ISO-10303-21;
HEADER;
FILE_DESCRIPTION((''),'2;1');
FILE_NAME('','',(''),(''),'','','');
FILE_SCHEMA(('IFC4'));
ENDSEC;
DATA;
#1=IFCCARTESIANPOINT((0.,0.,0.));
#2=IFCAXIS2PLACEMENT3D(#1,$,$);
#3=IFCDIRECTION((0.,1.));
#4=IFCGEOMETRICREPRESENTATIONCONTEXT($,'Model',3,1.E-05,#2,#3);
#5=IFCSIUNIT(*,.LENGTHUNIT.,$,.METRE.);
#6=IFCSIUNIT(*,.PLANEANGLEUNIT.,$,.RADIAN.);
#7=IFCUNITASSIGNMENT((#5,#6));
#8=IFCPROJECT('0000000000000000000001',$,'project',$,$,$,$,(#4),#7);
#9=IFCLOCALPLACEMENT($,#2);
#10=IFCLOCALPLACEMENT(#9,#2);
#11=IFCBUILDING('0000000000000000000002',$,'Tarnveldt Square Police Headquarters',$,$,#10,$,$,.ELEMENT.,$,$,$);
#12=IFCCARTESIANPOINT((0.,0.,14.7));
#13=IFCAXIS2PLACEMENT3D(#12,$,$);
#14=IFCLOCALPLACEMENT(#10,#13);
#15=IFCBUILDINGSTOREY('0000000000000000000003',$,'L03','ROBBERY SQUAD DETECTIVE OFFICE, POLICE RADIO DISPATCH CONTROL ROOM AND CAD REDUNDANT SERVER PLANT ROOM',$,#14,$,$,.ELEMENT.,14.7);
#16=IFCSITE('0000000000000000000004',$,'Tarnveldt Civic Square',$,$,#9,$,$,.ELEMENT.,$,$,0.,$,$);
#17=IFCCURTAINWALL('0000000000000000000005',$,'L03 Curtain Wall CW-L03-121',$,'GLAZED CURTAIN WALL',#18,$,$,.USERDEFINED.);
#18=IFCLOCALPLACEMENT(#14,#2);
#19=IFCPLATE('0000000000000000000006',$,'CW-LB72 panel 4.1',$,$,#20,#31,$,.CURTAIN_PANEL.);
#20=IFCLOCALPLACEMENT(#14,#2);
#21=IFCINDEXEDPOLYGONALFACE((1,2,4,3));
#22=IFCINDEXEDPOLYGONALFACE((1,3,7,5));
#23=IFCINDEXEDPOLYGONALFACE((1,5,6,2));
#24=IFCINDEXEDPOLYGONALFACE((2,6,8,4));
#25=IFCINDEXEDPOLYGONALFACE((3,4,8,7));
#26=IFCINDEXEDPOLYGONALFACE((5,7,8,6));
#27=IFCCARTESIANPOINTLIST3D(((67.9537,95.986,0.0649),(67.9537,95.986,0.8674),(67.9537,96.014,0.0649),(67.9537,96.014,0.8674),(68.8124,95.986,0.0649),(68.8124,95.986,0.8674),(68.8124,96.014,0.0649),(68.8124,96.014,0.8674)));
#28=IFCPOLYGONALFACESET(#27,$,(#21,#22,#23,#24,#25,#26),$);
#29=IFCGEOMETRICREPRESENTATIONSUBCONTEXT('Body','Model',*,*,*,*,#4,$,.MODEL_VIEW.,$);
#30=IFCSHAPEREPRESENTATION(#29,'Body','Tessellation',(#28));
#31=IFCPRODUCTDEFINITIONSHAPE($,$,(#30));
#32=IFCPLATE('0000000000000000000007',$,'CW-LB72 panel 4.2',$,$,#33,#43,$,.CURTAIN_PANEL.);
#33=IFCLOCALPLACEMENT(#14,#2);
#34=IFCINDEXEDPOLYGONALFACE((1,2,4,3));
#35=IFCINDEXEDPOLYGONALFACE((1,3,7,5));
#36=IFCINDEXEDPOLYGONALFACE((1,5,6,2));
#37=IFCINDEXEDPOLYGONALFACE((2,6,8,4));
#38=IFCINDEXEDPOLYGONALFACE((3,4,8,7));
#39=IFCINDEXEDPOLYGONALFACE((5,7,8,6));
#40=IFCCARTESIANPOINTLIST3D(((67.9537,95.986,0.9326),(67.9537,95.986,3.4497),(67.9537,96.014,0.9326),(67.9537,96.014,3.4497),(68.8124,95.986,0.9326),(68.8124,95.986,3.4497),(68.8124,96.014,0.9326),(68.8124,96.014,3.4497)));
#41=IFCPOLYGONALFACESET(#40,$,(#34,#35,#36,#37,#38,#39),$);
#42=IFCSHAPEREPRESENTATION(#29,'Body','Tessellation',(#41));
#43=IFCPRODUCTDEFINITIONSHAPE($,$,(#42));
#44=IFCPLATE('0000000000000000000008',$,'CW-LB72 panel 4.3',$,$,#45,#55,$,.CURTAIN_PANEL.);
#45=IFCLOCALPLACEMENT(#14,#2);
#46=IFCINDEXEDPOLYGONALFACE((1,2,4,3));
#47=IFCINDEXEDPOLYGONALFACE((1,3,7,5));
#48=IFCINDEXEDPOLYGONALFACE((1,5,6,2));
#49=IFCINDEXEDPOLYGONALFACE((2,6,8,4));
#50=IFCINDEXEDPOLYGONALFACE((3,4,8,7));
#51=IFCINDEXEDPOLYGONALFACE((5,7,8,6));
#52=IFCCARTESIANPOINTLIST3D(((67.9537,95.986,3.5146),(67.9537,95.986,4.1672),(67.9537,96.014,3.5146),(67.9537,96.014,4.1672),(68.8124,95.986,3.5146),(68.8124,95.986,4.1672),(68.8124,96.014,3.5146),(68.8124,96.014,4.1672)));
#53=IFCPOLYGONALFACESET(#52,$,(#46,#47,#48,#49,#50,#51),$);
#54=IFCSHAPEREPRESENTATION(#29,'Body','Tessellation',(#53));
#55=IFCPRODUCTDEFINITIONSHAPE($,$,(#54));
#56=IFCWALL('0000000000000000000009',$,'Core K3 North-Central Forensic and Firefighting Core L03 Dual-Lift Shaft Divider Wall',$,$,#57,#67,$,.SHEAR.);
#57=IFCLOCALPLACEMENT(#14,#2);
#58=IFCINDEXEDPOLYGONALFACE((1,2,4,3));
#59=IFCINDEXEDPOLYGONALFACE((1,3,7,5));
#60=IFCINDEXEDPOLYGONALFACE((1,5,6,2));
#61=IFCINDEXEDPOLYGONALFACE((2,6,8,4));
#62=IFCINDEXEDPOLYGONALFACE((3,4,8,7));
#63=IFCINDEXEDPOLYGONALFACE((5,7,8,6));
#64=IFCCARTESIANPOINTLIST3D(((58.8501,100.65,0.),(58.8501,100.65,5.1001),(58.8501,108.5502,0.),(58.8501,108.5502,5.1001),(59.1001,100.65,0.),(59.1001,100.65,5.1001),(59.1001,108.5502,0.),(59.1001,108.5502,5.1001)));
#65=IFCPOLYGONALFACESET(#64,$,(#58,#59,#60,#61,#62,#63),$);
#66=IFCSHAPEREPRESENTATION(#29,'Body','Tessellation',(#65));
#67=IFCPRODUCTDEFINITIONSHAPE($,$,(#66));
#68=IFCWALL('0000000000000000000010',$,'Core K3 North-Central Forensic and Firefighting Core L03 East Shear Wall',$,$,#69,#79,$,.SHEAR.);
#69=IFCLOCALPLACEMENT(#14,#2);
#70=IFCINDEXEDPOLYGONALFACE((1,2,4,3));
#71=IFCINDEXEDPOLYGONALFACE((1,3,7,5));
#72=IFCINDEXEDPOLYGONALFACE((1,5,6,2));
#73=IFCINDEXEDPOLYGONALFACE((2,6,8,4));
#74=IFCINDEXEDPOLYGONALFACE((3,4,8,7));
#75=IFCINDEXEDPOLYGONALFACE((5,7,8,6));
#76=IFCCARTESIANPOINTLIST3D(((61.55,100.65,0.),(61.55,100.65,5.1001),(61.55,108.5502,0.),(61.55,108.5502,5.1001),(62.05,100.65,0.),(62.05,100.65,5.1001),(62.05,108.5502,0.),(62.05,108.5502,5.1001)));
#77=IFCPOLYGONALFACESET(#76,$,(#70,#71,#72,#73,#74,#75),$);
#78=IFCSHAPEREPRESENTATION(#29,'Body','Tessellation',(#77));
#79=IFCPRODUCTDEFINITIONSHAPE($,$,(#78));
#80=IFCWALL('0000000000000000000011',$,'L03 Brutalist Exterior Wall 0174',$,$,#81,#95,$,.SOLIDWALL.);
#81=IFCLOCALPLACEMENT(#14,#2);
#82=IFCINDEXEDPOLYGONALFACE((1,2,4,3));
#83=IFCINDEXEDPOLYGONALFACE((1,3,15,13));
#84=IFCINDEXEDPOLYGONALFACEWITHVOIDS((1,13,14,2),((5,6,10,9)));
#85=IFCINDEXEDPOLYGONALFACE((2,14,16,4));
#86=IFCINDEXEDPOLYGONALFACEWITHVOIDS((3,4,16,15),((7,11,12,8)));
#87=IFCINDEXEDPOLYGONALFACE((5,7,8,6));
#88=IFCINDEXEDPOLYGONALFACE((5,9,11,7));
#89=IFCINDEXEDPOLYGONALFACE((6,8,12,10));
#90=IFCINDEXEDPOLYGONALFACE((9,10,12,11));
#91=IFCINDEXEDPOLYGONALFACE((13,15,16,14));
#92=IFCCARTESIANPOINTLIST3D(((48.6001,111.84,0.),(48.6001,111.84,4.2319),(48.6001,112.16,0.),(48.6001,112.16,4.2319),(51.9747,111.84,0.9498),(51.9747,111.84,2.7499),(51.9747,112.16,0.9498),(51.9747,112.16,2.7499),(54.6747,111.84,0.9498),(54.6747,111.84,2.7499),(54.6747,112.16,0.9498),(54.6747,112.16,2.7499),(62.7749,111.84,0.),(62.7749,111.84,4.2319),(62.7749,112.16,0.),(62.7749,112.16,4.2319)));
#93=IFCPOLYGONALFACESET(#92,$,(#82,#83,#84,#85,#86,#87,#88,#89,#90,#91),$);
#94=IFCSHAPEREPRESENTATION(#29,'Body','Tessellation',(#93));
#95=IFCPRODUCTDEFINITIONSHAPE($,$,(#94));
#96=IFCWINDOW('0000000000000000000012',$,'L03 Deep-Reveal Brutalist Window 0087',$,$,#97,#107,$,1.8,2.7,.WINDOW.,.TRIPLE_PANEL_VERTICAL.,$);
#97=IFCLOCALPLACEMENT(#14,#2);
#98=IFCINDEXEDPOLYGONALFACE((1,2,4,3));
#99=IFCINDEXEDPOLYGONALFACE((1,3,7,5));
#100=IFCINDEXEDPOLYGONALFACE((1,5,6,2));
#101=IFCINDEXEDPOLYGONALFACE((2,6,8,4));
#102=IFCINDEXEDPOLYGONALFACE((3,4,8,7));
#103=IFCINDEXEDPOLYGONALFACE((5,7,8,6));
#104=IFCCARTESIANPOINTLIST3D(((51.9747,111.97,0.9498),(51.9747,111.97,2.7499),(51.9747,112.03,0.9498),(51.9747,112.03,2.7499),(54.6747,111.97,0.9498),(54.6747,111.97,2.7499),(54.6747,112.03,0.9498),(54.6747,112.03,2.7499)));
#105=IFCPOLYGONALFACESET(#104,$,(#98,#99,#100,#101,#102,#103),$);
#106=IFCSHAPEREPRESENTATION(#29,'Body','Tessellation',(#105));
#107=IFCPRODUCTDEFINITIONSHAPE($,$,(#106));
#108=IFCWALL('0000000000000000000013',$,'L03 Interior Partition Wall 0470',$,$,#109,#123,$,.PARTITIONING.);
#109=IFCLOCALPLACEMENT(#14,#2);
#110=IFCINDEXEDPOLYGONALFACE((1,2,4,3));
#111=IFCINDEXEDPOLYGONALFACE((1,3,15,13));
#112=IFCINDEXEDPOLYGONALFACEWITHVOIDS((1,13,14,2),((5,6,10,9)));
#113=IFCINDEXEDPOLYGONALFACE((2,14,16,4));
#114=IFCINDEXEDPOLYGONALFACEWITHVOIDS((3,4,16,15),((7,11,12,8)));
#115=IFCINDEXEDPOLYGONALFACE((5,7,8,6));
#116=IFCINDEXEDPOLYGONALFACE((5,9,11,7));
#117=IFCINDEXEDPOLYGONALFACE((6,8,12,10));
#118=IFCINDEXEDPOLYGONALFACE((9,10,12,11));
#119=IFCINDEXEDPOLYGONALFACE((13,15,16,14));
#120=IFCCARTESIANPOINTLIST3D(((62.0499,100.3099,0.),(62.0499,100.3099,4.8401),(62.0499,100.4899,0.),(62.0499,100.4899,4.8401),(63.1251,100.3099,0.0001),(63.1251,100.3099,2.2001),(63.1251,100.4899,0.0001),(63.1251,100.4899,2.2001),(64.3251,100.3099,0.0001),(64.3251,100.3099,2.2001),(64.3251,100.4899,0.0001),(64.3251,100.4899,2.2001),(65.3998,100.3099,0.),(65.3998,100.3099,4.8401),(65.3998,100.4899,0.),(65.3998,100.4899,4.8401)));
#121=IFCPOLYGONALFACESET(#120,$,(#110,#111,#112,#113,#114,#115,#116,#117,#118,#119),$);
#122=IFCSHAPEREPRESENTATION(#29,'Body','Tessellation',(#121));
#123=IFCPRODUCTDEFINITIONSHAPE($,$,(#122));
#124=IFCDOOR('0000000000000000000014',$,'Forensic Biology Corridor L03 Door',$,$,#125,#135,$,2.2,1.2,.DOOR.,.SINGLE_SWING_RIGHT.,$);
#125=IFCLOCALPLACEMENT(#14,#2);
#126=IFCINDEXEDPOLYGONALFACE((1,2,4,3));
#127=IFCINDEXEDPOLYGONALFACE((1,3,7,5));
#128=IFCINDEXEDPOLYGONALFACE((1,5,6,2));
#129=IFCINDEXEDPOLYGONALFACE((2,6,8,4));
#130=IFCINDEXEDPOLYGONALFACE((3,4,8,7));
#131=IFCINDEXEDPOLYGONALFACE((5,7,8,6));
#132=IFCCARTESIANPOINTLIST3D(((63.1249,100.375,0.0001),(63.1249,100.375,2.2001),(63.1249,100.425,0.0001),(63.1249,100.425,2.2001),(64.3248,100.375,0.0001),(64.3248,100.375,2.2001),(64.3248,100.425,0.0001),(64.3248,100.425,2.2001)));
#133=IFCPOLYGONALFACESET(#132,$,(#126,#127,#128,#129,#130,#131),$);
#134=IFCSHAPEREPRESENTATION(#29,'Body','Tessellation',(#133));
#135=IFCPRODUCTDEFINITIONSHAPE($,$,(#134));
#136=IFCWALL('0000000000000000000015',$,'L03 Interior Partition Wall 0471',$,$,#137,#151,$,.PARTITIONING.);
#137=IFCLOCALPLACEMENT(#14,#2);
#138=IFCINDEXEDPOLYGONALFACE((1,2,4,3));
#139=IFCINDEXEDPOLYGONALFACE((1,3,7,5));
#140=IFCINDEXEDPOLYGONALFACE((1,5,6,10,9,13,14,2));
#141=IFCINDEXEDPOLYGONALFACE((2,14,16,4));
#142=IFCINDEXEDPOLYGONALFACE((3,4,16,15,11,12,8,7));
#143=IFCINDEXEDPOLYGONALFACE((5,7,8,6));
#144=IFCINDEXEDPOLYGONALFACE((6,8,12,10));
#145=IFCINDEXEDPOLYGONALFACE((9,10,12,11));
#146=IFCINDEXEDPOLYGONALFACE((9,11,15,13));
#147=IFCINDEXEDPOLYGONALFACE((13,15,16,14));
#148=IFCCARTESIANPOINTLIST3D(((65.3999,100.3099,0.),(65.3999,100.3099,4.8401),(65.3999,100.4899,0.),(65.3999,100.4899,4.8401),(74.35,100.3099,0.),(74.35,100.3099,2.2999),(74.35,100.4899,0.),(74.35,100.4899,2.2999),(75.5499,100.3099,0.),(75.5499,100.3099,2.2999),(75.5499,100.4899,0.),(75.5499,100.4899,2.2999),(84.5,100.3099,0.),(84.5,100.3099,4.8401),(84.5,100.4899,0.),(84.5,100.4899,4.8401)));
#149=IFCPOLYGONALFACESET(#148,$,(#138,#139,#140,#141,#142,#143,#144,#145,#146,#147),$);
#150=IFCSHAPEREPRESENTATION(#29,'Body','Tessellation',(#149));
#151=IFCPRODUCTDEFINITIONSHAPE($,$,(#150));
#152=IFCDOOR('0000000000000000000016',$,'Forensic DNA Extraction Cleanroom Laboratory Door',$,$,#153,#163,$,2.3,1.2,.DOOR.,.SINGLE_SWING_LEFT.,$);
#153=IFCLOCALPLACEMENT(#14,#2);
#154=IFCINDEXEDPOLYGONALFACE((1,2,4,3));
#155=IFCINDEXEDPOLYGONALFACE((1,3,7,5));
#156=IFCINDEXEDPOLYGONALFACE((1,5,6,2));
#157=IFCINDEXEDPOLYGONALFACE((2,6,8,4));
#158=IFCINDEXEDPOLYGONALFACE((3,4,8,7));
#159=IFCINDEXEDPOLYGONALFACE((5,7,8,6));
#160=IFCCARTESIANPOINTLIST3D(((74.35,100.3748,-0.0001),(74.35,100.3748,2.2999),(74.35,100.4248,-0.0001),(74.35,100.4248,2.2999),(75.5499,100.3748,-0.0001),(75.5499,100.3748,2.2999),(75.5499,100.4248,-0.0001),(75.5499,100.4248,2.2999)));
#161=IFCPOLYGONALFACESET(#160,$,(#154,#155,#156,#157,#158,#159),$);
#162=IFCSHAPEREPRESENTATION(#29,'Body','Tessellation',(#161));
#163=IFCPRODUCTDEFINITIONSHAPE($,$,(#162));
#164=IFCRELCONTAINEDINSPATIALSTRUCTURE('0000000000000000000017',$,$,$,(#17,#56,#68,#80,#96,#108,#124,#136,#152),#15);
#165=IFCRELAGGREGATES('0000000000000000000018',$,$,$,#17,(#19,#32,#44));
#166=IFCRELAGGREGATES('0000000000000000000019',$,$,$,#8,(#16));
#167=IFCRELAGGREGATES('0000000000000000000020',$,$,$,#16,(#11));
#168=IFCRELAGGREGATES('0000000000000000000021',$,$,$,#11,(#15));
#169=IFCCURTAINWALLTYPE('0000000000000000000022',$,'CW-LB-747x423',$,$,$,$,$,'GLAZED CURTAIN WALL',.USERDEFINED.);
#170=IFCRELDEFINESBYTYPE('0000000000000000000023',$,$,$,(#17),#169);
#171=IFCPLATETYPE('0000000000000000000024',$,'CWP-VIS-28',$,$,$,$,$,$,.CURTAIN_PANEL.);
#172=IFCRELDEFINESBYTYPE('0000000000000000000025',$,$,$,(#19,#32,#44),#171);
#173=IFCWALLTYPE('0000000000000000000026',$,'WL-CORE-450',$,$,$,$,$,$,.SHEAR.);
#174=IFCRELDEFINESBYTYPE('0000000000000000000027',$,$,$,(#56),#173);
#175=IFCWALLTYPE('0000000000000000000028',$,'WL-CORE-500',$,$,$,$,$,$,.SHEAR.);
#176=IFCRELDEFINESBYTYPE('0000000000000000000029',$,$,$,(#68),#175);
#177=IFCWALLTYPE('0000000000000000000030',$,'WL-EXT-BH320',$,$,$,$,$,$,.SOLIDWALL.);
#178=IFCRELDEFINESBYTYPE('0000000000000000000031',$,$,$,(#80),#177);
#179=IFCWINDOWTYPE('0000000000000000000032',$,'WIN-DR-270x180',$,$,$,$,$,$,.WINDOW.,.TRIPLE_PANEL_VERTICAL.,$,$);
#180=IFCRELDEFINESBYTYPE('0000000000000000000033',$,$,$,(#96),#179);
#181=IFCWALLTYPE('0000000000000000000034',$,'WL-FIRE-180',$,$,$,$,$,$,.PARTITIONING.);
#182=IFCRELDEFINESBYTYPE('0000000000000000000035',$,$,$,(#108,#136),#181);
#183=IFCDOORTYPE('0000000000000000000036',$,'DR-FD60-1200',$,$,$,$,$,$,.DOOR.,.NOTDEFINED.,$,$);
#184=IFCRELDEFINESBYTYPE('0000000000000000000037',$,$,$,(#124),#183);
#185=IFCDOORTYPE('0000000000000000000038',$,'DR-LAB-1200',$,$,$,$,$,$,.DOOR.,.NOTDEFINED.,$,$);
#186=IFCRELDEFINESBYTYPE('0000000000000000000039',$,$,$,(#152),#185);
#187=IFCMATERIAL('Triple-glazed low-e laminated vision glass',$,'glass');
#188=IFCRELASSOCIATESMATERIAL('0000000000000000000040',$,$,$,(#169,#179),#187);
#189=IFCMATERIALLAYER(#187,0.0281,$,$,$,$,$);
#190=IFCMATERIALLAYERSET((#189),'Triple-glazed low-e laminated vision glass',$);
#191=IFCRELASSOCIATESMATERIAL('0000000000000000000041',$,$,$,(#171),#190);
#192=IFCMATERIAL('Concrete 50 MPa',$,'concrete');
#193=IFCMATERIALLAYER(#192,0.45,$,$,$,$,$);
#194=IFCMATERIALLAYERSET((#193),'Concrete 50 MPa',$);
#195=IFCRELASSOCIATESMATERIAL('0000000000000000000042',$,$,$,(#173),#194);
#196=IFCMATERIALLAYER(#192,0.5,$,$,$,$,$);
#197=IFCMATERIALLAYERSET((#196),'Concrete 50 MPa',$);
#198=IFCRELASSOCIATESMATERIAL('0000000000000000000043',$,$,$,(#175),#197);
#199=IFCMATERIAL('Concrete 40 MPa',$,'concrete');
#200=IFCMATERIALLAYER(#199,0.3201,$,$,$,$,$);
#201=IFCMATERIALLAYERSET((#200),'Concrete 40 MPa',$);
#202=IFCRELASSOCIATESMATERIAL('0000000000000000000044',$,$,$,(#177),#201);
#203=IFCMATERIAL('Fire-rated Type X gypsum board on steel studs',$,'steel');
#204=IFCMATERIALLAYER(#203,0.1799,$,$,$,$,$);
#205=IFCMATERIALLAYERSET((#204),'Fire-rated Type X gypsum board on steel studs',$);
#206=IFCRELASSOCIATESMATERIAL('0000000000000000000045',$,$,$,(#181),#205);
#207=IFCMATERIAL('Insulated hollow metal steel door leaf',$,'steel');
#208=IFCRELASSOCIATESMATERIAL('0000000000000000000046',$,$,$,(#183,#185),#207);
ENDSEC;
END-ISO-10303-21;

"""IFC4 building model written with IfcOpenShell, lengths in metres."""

from ifc_helpers import new_model, si_unit, direction, frame, frame_2d, origin, origin_2d, place, context, subcontext, project, spatial, rectangle, extrude, material, layer, layer_set, type_object, element, fill, aggregate, save


model = new_model("IFC4")

# Units and contexts
model_context = context("Model", 3, precision=1e-05, world=origin(), true_north=direction((0.0, 1.0)))
body_context = subcontext(model_context, "Body", "Model", "MODEL_VIEW")
ifc_project = project(units=[si_unit("LENGTHUNIT", "METRE"), si_unit("PLANEANGLEUNIT", "RADIAN")], contexts=[model_context])

# Site, building, storey
site_placement = place(None, origin())
site = spatial("IfcSite", under=ifc_project, at=site_placement, Name="Tarnveldt Civic Square", CompositionType="ELEMENT", RefElevation=0.0)
building_placement = place(site_placement, origin())
building = spatial("IfcBuilding", under=site, at=building_placement, Name="Tarnveldt Square Police Headquarters", CompositionType="ELEMENT")
storey_placement = place(building_placement, frame((0.0, 0.0, 14.7)))
storey = spatial("IfcBuildingStorey", under=building, at=storey_placement, Name="L03", Description="ROBBERY SQUAD DETECTIVE OFFICE, POLICE RADIO DISPATCH CONTROL ROOM AND CAD REDUNDANT SERVER PLANT ROOM", CompositionType="ELEMENT", Elevation=14.7)

# Shared definitions
ifc_material_1 = material(Name="Concrete 40 MPa", Category="concrete")

# Curtain wall, plates
ifc_material_2 = material(Name="Triple-glazed low-e laminated vision glass", Category="glass")
curtain_wall_type = type_object("IfcCurtainWallType", Name="CW-LB-747x423", ElementType="GLAZED CURTAIN WALL", PredefinedType="USERDEFINED", material=ifc_material_2)
curtain_wall_placement = place(storey_placement, origin())
curtain_wall = element("IfcCurtainWall", 1, at=curtain_wall_placement, inside=storey, type_object=curtain_wall_type, Name="L03 Curtain Wall CW-L03-121", ObjectType="GLAZED CURTAIN WALL", PredefinedType="USERDEFINED")
ifc_layer_1 = layer(ifc_material_2, 0.0281)
ifc_layer_set_1 = layer_set([ifc_layer_1], Name="Triple-glazed low-e laminated vision glass")
plate_type = type_object("IfcPlateType", Name="CWP-VIS-28", PredefinedType="CURTAIN_PANEL", material=ifc_layer_set_1)
plate_1_placement = place(storey_placement, frame((68.3831, 96.0, 0.0649), z_axis=(0.0, 0.0, 1.0), x_axis=(1.0, 0.0, 0.0)))
plate_1 = element("IfcPlate", 2, at=plate_1_placement, type_object=plate_type, Name="CW-LB72 panel 4.1", PredefinedType="CURTAIN_PANEL", context=body_context, shape_type="SweptSolid", body=[
    extrude(rectangle(XDim=0.8586, YDim=0.0281, at=origin_2d()), origin(), (0.0, 0.0, 1.0), 0.8025),
])
plate_2_placement = place(storey_placement, frame((68.3831, 96.0, 0.9326), z_axis=(0.0, 0.0, 1.0), x_axis=(1.0, 0.0, 0.0)))
plate_2 = element("IfcPlate", 3, at=plate_2_placement, type_object=plate_type, Name="CW-LB72 panel 4.2", PredefinedType="CURTAIN_PANEL", context=body_context, shape_type="SweptSolid", body=[
    extrude(rectangle(XDim=0.8586, YDim=0.0281, at=origin_2d()), origin(), (0.0, 0.0, 1.0), 2.5171),
])
plate_3_placement = place(storey_placement, frame((68.3831, 96.0, 3.5146), z_axis=(0.0, 0.0, 1.0), x_axis=(1.0, 0.0, 0.0)))
plate_3 = element("IfcPlate", 4, at=plate_3_placement, type_object=plate_type, Name="CW-LB72 panel 4.3", PredefinedType="CURTAIN_PANEL", context=body_context, shape_type="SweptSolid", body=[
    extrude(rectangle(XDim=0.8586, YDim=0.0281, at=origin_2d()), origin(), (0.0, 0.0, 1.0), 0.6526),
])
aggregate(curtain_wall, [plate_1, plate_2, plate_3])

# Walls
ifc_material_3 = material(Name="Concrete 50 MPa", Category="concrete")
ifc_layer_2 = layer(ifc_material_3, 0.45)
ifc_layer_set_2 = layer_set([ifc_layer_2], Name="Concrete 50 MPa")
wall_type_1 = type_object("IfcWallType", Name="WL-CORE-450", PredefinedType="SHEAR", material=ifc_layer_set_2)
wall_1_placement = place(storey_placement, frame((58.9751, 100.6499, 0.0), z_axis=(0.0, 0.0, 1.0), x_axis=(0.0, 1.0, 0.0)))
element("IfcWall", 5, at=wall_1_placement, inside=storey, type_object=wall_type_1, Name="Core K3 North-Central Forensic and Firefighting Core L03 Dual-Lift Shaft Divider Wall", PredefinedType="SHEAR", context=body_context, shape_type="SweptSolid", body=[
    extrude(rectangle(XDim=7.9001, YDim=0.25, at=frame_2d((3.9502, 0.0))), origin(), (0.0, 0.0, 1.0), 5.1001),
])
ifc_layer_3 = layer(ifc_material_3, 0.5)
ifc_layer_set_3 = layer_set([ifc_layer_3], Name="Concrete 50 MPa")
wall_type_2 = type_object("IfcWallType", Name="WL-CORE-500", PredefinedType="SHEAR", material=ifc_layer_set_3)
wall_2_placement = place(storey_placement, frame((61.8, 100.6499, 0.0), z_axis=(0.0, 0.0, 1.0), x_axis=(0.0, 1.0, 0.0)))
element("IfcWall", 6, at=wall_2_placement, inside=storey, type_object=wall_type_2, Name="Core K3 North-Central Forensic and Firefighting Core L03 East Shear Wall", PredefinedType="SHEAR", context=body_context, shape_type="SweptSolid", body=[
    extrude(rectangle(XDim=7.9001, YDim=0.5, at=frame_2d((3.9502, 0.0))), origin(), (0.0, 0.0, 1.0), 5.1001),
])

# Wall, opening, window
ifc_layer_4 = layer(ifc_material_1, 0.3201)
ifc_layer_set_4 = layer_set([ifc_layer_4], Name="Concrete 40 MPa")
wall_type_3 = type_object("IfcWallType", Name="WL-EXT-BH320", PredefinedType="SOLIDWALL", material=ifc_layer_set_4)
wall_3_placement = place(storey_placement, frame((62.7749, 112.0, 0.0), z_axis=(0.0, 0.0, 1.0), x_axis=(-1.0, 0.0, 0.0)))
wall_3 = element("IfcWall", 7, at=wall_3_placement, inside=storey, type_object=wall_type_3, Name="L03 Brutalist Exterior Wall 0174", PredefinedType="SOLIDWALL", context=body_context, shape_type="SweptSolid", body=[
    extrude(rectangle(XDim=14.1748, YDim=0.3201, at=frame_2d((7.0874, 0.0))), origin(), (0.0, 0.0, 1.0), 4.2319),
])
opening_1_placement = place(wall_3_placement, frame((8.1001, 0.0, 0.95)))
opening_1 = element("IfcOpeningElement", 8, at=opening_1_placement, cuts=wall_3, PredefinedType="OPENING", context=body_context, shape_type="SweptSolid", body=[
    extrude(rectangle(XDim=2.7, YDim=1.8, at=frame_2d((1.3501, 0.8999))), frame((0.0, 0.1699, 0.0), z_axis=(0.0, -1.0, 0.0), x_axis=(1.0, 0.0, 0.0)), (0.0, 0.0, 1.0), 0.3401),
])
window_type = type_object("IfcWindowType", Name="WIN-DR-270x180", PartitioningType="TRIPLE_PANEL_VERTICAL", PredefinedType="WINDOW", material=ifc_material_2)
window_placement = place(opening_1_placement, origin())
window = element("IfcWindow", 9, at=window_placement, inside=storey, type_object=window_type, Name="L03 Deep-Reveal Brutalist Window 0087", OverallHeight=1.8, OverallWidth=2.7, PartitioningType="TRIPLE_PANEL_VERTICAL", PredefinedType="WINDOW", context=body_context, shape_type="SweptSolid", body=[
    extrude(rectangle(XDim=2.7, YDim=1.8, at=frame_2d((1.3501, 0.8999))), frame((0.0, 0.03, 0.0), z_axis=(0.0, -1.0, 0.0), x_axis=(1.0, 0.0, 0.0)), (0.0, 0.0, 1.0), 0.0601),
])
fill(opening_1, window)

# Walls, openings, doors
ifc_material_4 = material(Name="Fire-rated Type X gypsum board on steel studs", Category="steel")
ifc_layer_5 = layer(ifc_material_4, 0.1799)
ifc_layer_set_5 = layer_set([ifc_layer_5], Name="Fire-rated Type X gypsum board on steel studs")
wall_type_4 = type_object("IfcWallType", Name="WL-FIRE-180", PredefinedType="PARTITIONING", material=ifc_layer_set_5)
wall_4_placement = place(storey_placement, frame((62.05, 100.3999, 0.0), z_axis=(0.0, 0.0, 1.0), x_axis=(1.0, 0.0, 0.0)))
wall_4 = element("IfcWall", 10, at=wall_4_placement, inside=storey, type_object=wall_type_4, Name="L03 Interior Partition Wall 0470", PredefinedType="PARTITIONING", context=body_context, shape_type="SweptSolid", body=[
    extrude(rectangle(XDim=3.3499, YDim=0.1799, at=frame_2d((1.6748, 0.0))), origin(), (0.0, 0.0, 1.0), 4.8401),
])
opening_2_placement = place(wall_4_placement, frame((1.075, 0.0, 0.0)))
opening_2 = element("IfcOpeningElement", 11, at=opening_2_placement, cuts=wall_4, PredefinedType="OPENING", context=body_context, shape_type="SweptSolid", body=[
    extrude(rectangle(XDim=1.2, YDim=2.2, at=frame_2d((0.6001, 1.1001))), frame((0.0, 0.0999, 0.0), z_axis=(0.0, -1.0, 0.0), x_axis=(1.0, 0.0, 0.0)), (0.0, 0.0, 1.0), 0.2),
])
ifc_material_5 = material(Name="Insulated hollow metal steel door leaf", Category="steel")
door_type_1 = type_object("IfcDoorType", Name="DR-FD60-1200", OperationType="NOTDEFINED", PredefinedType="DOOR", material=ifc_material_5)
door_1_placement = place(opening_2_placement, frame((1.2, 0.0, 0.0), z_axis=(0.0, 0.0, 1.0), x_axis=(-1.0, 0.0, 0.0)))
door_1 = element("IfcDoor", 12, at=door_1_placement, inside=storey, type_object=door_type_1, Name="Forensic Biology Corridor L03 Door", OperationType="SINGLE_SWING_RIGHT", OverallHeight=2.2, OverallWidth=1.2, PredefinedType="DOOR", context=body_context, shape_type="SweptSolid", body=[
    extrude(rectangle(XDim=1.2, YDim=2.2, at=frame_2d((0.6001, 1.1001))), frame((0.0, 0.0249, 0.0), z_axis=(0.0, -1.0, 0.0), x_axis=(1.0, 0.0, 0.0)), (0.0, 0.0, 1.0), 0.05),
])
fill(opening_2, door_1)
wall_5_placement = place(storey_placement, frame((65.3999, 100.3999, 0.0), z_axis=(0.0, 0.0, 1.0), x_axis=(1.0, 0.0, 0.0)))
wall_5 = element("IfcWall", 13, at=wall_5_placement, inside=storey, type_object=wall_type_4, Name="L03 Interior Partition Wall 0471", PredefinedType="PARTITIONING", context=body_context, shape_type="SweptSolid", body=[
    extrude(rectangle(XDim=19.1001, YDim=0.1799, at=frame_2d((9.55, 0.0))), origin(), (0.0, 0.0, 1.0), 4.8401),
])
opening_3_placement = place(wall_5_placement, frame((8.95, 0.0, 0.0)))
opening_3 = element("IfcOpeningElement", 14, at=opening_3_placement, cuts=wall_5, PredefinedType="OPENING", context=body_context, shape_type="SweptSolid", body=[
    extrude(rectangle(XDim=1.2, YDim=2.3, at=frame_2d((0.6001, 1.1499))), frame((0.0, 0.0999, 0.0), z_axis=(0.0, -1.0, 0.0), x_axis=(1.0, 0.0, 0.0)), (0.0, 0.0, 1.0), 0.2),
])
door_type_2 = type_object("IfcDoorType", Name="DR-LAB-1200", OperationType="NOTDEFINED", PredefinedType="DOOR", material=ifc_material_5)
door_2_placement = place(opening_3_placement, origin())
door_2 = element("IfcDoor", 15, at=door_2_placement, inside=storey, type_object=door_type_2, Name="Forensic DNA Extraction Cleanroom Laboratory Door", OperationType="SINGLE_SWING_LEFT", OverallHeight=2.3, OverallWidth=1.2, PredefinedType="DOOR", context=body_context, shape_type="SweptSolid", body=[
    extrude(rectangle(XDim=1.2, YDim=2.3, at=frame_2d((0.6001, 1.1499))), frame((0.0, 0.0249, 0.0), z_axis=(0.0, -1.0, 0.0), x_axis=(1.0, 0.0, 0.0)), (0.0, 0.0, 1.0), 0.05),
])
fill(opening_3, door_2)

save(model, "model.ifc")
